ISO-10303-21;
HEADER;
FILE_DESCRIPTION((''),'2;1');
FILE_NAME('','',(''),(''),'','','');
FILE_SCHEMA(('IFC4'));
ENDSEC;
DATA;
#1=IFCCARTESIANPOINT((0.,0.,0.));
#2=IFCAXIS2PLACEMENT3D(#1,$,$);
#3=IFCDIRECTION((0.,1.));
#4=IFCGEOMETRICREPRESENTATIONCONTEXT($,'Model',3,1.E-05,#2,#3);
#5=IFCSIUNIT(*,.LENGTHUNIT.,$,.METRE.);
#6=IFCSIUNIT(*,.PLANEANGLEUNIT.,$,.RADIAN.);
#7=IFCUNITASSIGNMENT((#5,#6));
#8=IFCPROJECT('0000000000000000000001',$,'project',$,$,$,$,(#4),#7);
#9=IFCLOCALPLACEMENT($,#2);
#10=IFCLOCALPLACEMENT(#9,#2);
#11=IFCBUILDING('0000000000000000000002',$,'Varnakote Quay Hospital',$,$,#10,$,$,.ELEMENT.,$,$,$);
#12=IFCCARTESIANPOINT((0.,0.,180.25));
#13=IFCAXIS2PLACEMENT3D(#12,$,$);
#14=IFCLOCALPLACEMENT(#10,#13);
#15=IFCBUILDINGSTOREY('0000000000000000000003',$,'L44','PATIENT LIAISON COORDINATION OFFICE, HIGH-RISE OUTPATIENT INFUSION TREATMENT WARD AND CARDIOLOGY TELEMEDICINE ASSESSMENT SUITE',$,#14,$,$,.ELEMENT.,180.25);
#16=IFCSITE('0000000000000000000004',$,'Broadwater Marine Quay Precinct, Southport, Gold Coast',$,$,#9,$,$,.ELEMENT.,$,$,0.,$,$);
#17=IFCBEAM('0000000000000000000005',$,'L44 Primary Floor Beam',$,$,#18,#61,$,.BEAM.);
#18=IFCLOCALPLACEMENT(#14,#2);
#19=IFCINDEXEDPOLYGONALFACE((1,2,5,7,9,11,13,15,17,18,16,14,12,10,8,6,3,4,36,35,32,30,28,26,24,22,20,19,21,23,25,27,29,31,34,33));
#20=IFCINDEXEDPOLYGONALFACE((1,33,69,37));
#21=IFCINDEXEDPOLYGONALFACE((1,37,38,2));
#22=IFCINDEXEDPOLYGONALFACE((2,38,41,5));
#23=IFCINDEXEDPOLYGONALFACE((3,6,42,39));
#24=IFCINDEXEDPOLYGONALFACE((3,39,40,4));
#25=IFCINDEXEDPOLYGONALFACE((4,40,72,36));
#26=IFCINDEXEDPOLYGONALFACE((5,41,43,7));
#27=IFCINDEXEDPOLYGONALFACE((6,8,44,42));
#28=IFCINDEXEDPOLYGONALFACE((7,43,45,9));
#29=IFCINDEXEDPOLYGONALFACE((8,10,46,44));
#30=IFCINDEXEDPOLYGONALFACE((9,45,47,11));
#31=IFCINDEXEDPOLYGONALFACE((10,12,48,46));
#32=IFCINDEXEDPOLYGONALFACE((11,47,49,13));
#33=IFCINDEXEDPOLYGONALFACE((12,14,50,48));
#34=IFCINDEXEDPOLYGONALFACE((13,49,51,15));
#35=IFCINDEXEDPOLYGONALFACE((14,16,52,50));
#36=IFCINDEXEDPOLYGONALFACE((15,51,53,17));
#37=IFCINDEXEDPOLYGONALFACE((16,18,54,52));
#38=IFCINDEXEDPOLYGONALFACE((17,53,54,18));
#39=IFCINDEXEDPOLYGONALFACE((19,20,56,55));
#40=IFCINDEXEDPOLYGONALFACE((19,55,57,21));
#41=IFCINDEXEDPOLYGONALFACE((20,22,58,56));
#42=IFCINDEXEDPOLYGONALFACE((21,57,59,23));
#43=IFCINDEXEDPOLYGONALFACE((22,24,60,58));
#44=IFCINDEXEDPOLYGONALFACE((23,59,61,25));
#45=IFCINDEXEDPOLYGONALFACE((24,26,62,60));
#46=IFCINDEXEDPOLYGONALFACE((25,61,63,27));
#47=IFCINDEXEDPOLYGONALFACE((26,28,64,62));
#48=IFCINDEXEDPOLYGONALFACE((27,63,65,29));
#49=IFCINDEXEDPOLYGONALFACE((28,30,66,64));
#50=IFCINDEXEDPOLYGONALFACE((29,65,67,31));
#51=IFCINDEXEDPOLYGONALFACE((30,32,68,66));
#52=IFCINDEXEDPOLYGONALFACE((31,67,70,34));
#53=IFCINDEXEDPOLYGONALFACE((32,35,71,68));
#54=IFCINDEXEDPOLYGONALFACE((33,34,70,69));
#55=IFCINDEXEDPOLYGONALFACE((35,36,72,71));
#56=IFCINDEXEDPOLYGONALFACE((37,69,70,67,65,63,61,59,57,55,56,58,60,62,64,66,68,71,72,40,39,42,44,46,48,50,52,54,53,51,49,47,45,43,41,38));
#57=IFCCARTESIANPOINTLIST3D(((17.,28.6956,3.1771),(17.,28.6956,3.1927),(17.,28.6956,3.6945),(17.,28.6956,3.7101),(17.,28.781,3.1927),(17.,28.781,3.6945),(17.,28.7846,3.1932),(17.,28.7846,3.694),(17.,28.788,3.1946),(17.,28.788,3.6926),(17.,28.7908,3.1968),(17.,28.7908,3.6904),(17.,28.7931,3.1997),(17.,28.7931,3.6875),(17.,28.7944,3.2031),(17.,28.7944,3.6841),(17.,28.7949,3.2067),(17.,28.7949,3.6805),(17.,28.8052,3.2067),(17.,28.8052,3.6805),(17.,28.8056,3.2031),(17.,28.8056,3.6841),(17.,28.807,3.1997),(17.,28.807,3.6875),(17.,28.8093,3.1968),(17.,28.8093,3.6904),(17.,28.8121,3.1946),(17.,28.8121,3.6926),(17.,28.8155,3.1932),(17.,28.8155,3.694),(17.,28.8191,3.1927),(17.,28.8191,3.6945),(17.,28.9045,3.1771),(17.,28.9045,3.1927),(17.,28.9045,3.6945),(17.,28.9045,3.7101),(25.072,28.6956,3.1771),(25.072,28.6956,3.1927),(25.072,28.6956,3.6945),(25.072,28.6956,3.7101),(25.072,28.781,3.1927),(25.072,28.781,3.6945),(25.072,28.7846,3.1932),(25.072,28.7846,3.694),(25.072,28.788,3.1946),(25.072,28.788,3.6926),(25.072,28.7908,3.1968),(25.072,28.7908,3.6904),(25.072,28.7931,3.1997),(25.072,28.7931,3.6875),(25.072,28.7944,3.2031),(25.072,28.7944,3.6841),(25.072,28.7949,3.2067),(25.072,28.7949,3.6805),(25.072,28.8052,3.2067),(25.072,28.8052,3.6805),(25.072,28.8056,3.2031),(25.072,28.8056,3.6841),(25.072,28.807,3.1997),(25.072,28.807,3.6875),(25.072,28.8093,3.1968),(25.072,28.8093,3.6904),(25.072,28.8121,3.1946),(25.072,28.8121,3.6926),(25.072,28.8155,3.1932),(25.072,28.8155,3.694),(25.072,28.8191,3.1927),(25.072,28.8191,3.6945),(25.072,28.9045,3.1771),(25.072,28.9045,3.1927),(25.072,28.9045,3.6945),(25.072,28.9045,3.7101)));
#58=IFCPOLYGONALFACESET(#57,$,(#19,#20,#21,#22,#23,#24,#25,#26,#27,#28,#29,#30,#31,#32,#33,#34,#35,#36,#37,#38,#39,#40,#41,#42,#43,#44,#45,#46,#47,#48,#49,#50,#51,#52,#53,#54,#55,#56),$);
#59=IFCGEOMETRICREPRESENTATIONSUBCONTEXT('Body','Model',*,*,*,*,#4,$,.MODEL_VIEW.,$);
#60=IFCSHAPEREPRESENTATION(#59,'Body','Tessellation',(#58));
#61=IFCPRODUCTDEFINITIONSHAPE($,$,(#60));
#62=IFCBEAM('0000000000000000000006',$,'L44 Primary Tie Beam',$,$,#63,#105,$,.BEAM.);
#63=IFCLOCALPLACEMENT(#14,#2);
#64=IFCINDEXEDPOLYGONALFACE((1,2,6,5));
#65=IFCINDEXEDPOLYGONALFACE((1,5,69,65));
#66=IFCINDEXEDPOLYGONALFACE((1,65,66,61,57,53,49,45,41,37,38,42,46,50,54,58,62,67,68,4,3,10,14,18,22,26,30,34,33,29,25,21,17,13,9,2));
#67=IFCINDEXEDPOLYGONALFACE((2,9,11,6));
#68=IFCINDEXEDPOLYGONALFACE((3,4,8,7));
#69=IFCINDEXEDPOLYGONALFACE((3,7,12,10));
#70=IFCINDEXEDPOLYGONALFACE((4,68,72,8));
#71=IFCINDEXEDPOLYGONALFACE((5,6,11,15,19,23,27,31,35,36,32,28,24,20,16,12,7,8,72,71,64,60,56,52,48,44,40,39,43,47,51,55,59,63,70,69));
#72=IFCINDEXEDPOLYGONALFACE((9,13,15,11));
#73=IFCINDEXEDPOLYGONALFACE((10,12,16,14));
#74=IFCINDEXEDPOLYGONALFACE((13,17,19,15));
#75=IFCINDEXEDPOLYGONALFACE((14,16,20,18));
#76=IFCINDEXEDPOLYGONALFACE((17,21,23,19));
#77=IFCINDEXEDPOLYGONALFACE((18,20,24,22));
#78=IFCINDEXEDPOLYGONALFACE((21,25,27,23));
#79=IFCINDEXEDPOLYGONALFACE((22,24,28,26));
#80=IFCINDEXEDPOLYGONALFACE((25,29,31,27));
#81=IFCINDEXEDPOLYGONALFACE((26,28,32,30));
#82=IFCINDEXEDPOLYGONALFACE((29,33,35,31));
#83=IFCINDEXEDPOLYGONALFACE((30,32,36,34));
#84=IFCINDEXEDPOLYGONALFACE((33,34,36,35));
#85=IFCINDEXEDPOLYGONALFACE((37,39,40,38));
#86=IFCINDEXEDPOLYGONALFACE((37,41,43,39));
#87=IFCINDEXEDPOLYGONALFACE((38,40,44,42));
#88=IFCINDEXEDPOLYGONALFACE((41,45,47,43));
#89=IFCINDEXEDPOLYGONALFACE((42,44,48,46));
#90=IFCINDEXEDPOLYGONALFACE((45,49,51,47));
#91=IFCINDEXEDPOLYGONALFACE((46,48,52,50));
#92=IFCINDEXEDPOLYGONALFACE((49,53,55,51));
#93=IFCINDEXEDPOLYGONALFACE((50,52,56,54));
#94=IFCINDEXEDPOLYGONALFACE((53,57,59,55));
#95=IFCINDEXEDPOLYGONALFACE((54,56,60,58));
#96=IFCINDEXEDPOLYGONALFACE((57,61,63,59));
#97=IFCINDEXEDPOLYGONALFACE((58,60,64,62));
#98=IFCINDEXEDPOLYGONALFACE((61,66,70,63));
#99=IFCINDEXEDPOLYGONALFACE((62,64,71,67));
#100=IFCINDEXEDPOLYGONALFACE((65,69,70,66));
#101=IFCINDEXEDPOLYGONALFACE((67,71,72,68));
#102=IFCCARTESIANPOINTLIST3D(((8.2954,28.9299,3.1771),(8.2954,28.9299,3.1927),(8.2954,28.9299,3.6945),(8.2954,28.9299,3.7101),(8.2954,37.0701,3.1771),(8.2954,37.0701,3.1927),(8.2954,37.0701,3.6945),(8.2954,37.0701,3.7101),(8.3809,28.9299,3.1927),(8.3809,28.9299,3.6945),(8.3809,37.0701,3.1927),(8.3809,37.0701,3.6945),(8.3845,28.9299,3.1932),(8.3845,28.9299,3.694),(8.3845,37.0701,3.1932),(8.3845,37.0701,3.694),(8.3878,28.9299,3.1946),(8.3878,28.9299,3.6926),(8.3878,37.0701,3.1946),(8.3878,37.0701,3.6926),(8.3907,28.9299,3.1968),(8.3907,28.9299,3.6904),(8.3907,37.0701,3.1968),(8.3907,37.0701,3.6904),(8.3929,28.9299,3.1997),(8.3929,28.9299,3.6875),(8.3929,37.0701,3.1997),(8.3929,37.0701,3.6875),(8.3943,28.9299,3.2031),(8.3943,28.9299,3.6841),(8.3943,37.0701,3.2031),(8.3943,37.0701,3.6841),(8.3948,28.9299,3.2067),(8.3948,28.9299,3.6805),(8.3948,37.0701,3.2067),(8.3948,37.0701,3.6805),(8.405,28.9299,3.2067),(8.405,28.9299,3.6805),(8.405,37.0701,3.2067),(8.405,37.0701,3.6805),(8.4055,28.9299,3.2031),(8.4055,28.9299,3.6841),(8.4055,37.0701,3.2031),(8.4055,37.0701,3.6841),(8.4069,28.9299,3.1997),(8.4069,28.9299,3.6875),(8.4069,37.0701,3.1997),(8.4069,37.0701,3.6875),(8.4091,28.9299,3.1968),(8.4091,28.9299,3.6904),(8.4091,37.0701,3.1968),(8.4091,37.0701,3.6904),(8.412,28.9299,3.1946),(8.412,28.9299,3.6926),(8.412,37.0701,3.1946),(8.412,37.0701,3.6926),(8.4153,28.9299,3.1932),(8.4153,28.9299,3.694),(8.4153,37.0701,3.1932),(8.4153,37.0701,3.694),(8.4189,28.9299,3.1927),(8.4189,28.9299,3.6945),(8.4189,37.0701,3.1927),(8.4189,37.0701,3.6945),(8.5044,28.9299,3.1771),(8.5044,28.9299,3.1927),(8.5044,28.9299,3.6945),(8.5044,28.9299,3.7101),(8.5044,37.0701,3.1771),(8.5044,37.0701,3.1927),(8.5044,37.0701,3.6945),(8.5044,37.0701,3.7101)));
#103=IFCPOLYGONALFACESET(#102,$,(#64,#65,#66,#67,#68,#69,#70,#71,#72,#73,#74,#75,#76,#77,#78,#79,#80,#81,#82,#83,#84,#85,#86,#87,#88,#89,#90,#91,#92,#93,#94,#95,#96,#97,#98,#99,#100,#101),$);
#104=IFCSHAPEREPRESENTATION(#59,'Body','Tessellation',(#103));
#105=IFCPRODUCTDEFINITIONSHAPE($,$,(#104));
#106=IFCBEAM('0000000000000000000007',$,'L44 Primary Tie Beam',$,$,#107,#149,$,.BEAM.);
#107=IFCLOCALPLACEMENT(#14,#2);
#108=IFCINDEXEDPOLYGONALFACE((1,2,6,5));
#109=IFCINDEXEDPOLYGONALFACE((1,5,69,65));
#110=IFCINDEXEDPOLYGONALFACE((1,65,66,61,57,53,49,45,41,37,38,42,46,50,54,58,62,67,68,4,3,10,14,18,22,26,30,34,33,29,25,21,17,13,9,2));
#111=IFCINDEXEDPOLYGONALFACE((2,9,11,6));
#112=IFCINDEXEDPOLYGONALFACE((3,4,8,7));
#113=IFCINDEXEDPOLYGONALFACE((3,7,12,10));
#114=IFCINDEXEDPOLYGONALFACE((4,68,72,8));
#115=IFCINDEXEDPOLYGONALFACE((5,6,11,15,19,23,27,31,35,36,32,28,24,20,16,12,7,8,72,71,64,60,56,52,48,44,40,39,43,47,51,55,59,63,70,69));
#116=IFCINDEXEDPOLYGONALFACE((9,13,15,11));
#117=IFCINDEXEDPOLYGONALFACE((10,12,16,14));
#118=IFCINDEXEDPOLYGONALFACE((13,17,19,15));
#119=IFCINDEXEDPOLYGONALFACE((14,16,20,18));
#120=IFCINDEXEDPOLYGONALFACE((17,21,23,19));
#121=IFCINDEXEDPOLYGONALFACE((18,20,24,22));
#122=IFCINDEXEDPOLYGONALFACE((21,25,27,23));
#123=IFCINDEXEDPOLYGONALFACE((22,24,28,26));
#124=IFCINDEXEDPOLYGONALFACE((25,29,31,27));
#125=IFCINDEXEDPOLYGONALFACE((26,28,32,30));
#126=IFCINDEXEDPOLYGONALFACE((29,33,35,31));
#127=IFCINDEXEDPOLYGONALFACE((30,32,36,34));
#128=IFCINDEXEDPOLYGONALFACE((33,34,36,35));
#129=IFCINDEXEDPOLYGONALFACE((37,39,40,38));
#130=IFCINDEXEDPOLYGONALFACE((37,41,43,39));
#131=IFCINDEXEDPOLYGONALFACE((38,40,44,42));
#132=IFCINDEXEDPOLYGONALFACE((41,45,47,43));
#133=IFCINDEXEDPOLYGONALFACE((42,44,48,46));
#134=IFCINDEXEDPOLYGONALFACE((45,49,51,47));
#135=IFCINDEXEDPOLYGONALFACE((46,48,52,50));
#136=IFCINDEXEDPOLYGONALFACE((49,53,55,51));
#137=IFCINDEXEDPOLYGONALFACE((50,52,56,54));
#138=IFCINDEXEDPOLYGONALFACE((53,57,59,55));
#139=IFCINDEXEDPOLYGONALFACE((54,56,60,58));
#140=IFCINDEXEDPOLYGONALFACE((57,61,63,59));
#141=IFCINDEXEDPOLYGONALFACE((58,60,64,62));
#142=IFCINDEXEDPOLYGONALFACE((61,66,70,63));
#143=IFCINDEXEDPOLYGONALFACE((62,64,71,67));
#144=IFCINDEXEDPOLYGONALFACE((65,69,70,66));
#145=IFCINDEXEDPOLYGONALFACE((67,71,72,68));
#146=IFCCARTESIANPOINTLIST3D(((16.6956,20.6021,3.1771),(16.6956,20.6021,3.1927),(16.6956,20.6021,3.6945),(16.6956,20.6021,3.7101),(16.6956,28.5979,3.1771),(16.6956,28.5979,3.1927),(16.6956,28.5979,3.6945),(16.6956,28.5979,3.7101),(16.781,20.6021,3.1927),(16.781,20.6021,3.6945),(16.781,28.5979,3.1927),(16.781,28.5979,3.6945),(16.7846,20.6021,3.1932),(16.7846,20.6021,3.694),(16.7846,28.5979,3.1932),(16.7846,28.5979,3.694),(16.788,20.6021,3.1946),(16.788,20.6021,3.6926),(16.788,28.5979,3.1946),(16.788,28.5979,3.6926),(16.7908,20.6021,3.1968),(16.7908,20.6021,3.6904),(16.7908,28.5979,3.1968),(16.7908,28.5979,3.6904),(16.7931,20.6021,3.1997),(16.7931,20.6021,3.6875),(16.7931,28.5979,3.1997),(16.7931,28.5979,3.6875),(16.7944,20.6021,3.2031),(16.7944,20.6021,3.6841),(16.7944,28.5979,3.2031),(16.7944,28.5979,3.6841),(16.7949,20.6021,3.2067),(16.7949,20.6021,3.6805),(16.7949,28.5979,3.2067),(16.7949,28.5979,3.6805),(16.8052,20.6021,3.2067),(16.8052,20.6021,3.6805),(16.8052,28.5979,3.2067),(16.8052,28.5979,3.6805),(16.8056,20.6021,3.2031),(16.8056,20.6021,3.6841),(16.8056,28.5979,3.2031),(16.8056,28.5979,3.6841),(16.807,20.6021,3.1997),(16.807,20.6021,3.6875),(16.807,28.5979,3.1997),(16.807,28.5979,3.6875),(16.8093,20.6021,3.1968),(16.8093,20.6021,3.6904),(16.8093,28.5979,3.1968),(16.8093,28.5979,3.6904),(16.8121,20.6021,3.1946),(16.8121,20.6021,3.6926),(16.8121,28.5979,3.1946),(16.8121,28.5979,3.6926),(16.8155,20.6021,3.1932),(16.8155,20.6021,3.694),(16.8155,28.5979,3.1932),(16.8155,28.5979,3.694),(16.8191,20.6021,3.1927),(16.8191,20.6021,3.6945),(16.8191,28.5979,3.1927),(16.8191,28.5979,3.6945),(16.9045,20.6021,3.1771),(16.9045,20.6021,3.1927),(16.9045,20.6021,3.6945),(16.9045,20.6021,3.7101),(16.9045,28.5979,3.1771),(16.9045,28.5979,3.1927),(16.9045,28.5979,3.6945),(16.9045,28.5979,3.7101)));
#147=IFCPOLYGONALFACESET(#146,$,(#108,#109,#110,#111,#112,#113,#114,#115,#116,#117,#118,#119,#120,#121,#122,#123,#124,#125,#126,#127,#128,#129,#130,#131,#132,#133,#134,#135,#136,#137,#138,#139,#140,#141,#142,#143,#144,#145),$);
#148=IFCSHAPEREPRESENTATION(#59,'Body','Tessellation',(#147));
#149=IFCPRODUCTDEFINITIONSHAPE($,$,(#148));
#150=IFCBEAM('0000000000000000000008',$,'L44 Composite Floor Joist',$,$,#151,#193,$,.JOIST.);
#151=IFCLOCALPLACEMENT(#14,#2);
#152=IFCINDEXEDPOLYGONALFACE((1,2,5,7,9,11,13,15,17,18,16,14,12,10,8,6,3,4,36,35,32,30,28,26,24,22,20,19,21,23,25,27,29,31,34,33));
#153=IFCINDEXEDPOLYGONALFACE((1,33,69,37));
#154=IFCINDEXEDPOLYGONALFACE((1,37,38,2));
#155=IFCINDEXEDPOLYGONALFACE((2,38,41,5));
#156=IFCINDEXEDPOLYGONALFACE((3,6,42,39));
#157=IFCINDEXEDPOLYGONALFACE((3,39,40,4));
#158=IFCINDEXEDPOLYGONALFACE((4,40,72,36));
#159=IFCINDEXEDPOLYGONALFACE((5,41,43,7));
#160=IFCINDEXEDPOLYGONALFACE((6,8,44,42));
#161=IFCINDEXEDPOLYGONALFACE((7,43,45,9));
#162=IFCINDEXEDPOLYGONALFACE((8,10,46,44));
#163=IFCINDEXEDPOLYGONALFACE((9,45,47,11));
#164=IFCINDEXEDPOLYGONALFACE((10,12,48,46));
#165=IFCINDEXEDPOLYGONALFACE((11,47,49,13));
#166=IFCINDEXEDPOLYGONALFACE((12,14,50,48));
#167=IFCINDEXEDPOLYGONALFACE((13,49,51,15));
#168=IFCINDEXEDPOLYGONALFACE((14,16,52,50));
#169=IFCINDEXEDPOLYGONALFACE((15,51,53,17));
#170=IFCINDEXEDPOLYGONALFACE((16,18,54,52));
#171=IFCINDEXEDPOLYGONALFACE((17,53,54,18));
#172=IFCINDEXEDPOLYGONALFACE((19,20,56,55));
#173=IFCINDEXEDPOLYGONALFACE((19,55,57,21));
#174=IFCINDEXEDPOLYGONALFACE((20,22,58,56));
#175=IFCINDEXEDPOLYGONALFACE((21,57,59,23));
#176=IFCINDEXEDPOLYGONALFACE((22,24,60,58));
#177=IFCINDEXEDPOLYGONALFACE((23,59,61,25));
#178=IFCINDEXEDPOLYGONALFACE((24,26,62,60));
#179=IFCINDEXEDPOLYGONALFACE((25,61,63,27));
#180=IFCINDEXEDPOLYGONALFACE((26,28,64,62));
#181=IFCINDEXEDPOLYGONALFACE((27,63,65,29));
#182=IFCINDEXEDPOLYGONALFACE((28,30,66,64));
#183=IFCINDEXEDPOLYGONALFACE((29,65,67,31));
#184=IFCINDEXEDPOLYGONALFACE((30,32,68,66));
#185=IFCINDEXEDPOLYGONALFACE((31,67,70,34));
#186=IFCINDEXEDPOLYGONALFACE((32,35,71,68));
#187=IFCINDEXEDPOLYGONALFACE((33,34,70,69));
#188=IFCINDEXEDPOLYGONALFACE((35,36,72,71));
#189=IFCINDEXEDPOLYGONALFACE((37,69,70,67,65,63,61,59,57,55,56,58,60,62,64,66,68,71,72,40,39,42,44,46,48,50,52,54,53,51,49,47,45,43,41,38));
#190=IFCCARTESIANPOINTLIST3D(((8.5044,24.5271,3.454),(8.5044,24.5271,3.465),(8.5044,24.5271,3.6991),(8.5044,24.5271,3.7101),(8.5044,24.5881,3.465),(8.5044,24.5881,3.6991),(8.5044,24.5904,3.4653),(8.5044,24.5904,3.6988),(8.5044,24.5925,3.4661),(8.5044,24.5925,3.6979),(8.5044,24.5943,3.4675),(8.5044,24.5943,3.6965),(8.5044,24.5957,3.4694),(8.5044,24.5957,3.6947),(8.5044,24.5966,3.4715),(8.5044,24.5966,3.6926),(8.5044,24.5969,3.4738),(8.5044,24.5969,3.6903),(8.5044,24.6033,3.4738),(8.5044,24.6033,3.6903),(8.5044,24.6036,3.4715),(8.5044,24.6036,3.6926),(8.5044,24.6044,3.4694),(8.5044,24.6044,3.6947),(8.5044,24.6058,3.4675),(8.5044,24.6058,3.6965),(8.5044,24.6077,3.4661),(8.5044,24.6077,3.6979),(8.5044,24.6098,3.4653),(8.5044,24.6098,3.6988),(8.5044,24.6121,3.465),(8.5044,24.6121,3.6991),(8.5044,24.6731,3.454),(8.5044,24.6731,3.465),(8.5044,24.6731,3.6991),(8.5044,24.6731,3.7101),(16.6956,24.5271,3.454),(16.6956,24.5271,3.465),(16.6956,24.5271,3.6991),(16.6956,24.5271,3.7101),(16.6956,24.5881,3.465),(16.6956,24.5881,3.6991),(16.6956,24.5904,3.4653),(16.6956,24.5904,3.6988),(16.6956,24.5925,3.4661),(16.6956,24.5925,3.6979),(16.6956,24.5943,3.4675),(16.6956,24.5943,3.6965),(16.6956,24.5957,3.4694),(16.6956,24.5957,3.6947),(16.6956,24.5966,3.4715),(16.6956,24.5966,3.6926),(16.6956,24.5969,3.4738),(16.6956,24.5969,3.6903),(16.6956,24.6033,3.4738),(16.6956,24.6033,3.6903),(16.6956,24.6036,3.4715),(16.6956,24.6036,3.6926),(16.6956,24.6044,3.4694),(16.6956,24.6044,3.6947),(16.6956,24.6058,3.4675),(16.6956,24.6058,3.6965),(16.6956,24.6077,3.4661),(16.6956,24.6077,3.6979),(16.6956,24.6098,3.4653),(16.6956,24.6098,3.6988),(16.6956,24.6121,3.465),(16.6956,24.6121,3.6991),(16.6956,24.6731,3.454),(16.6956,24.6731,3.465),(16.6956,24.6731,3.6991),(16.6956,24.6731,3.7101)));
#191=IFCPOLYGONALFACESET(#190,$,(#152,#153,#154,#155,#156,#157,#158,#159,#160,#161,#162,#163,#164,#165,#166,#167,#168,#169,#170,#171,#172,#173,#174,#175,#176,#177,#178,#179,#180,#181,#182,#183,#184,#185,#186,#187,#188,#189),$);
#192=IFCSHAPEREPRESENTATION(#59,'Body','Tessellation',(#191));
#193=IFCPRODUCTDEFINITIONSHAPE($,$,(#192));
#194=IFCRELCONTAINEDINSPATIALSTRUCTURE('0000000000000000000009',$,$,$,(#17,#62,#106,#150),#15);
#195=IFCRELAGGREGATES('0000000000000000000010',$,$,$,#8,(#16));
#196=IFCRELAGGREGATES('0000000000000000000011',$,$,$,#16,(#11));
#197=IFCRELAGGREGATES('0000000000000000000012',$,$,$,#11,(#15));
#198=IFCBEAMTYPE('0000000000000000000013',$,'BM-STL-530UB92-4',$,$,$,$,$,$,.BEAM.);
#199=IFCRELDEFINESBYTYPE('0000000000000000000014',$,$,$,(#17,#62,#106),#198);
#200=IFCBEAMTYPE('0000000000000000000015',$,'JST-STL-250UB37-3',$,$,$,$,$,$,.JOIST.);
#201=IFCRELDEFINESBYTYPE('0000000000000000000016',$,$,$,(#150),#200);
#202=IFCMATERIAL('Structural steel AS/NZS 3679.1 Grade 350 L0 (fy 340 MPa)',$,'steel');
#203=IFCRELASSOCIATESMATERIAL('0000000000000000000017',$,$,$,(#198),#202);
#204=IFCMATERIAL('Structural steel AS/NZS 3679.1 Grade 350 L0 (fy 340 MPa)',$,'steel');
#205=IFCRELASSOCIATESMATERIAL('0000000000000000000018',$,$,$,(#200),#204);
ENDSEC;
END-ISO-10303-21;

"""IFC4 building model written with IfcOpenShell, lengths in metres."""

from ifc_helpers import new_model, si_unit, direction, frame, origin, origin_2d, place, context, subcontext, project, spatial, i_section, extrude, material, material_profile, profile_set, type_object, element, save


model = new_model("IFC4")

# Units and contexts
model_context = context("Model", 3, precision=1e-05, world=origin(), true_north=direction((0.0, 1.0)))
body_context = subcontext(model_context, "Body", "Model", "MODEL_VIEW")
ifc_project = project(units=[si_unit("LENGTHUNIT", "METRE"), si_unit("PLANEANGLEUNIT", "RADIAN")], contexts=[model_context])

# Site, building, storey
site_placement = place(None, origin())
site = spatial("IfcSite", under=ifc_project, at=site_placement, Name="Broadwater Marine Quay Precinct, Southport, Gold Coast", CompositionType="ELEMENT", RefElevation=0.0)
building_placement = place(site_placement, origin())
building = spatial("IfcBuilding", under=site, at=building_placement, Name="Varnakote Quay Hospital", CompositionType="ELEMENT")
storey_placement = place(building_placement, frame((0.0, 0.0, 180.25)))
storey = spatial("IfcBuildingStorey", under=building, at=storey_placement, Name="L44", Description="PATIENT LIAISON COORDINATION OFFICE, HIGH-RISE OUTPATIENT INFUSION TREATMENT WARD AND CARDIOLOGY TELEMEDICINE ASSESSMENT SUITE", CompositionType="ELEMENT", Elevation=180.25)

# Beams
ifc_material_1 = material(Name="Structural steel AS/NZS 3679.1 Grade 350 L0 (fy 340 MPa)", Category="steel")
ifc_material_profile_1 = material_profile(ifc_material_1, i_section(OverallWidth=0.209, OverallDepth=0.533, WebThickness=0.0103, FlangeThickness=0.0156, FilletRadius=0.0139, at=origin_2d()), Name="530UB92.4")
ifc_profile_set_1 = profile_set([ifc_material_profile_1], Name="Structural steel AS/NZS 3679.1 Grade 350 L0 (fy 340 MPa)")
beam_type_1 = type_object("IfcBeamType", Name="BM-STL-530UB92-4", PredefinedType="BEAM", material=ifc_profile_set_1)
for number, where, z_axis, x_axis, name in (
    (1, (17.0, 28.8, 3.4436), (1.0, 0.0, 0.0), (0.0, 1.0, 0.0), "L44 Primary Floor Beam"),
):
    element("IfcBeam", number, at=place(storey_placement, frame(where, z_axis=z_axis, x_axis=x_axis)), inside=storey, type_object=beam_type_1, Name=name, PredefinedType="BEAM", context=body_context, shape_type="SweptSolid", body=[
        extrude(i_section(OverallWidth=0.209, OverallDepth=0.533, WebThickness=0.0103, FlangeThickness=0.0156, FilletRadius=0.0139, at=origin_2d()), origin(), (0.0, 0.0, 1.0), 8.072),
    ])
beam_1_placement = place(storey_placement, frame((8.3999, 28.9299, 3.4436), z_axis=(0.0, 1.0, 0.0), x_axis=(-1.0, 0.0, 0.0)))
element("IfcBeam", 2, at=beam_1_placement, inside=storey, type_object=beam_type_1, Name="L44 Primary Tie Beam", PredefinedType="BEAM", context=body_context, shape_type="SweptSolid", body=[
    extrude(i_section(OverallWidth=0.209, OverallDepth=0.533, WebThickness=0.0103, FlangeThickness=0.0156, FilletRadius=0.0139, at=origin_2d()), origin(), (0.0, 0.0, 1.0), 8.1401),
])
beam_2_placement = place(storey_placement, frame((16.8, 20.6021, 3.4436), z_axis=(0.0, 1.0, 0.0), x_axis=(-1.0, 0.0, 0.0)))
element("IfcBeam", 3, at=beam_2_placement, inside=storey, type_object=beam_type_1, Name="L44 Primary Tie Beam", PredefinedType="BEAM", context=body_context, shape_type="SweptSolid", body=[
    extrude(i_section(OverallWidth=0.209, OverallDepth=0.533, WebThickness=0.0103, FlangeThickness=0.0156, FilletRadius=0.0139, at=origin_2d()), origin(), (0.0, 0.0, 1.0), 7.9958),
])
ifc_material_2 = material(Name="Structural steel AS/NZS 3679.1 Grade 350 L0 (fy 340 MPa)", Category="steel")
ifc_material_profile_2 = material_profile(ifc_material_2, i_section(OverallWidth=0.146, OverallDepth=0.2561, WebThickness=0.0063, FlangeThickness=0.011, FilletRadius=0.0088, at=origin_2d()), Name="250UB37.3")
ifc_profile_set_2 = profile_set([ifc_material_profile_2], Name="Structural steel AS/NZS 3679.1 Grade 350 L0 (fy 340 MPa)")
beam_type_2 = type_object("IfcBeamType", Name="JST-STL-250UB37-3", PredefinedType="JOIST", material=ifc_profile_set_2)
beam_3_placement = place(storey_placement, frame((8.5044, 24.6001, 3.582), z_axis=(1.0, 0.0, 0.0), x_axis=(0.0, 1.0, 0.0)))
element("IfcBeam", 4, at=beam_3_placement, inside=storey, type_object=beam_type_2, Name="L44 Composite Floor Joist", PredefinedType="JOIST", context=body_context, shape_type="SweptSolid", body=[
    extrude(i_section(OverallWidth=0.146, OverallDepth=0.2561, WebThickness=0.0063, FlangeThickness=0.011, FilletRadius=0.0088, at=origin_2d()), origin(), (0.0, 0.0, 1.0), 8.1912),
])

save(model, "model.ifc")
